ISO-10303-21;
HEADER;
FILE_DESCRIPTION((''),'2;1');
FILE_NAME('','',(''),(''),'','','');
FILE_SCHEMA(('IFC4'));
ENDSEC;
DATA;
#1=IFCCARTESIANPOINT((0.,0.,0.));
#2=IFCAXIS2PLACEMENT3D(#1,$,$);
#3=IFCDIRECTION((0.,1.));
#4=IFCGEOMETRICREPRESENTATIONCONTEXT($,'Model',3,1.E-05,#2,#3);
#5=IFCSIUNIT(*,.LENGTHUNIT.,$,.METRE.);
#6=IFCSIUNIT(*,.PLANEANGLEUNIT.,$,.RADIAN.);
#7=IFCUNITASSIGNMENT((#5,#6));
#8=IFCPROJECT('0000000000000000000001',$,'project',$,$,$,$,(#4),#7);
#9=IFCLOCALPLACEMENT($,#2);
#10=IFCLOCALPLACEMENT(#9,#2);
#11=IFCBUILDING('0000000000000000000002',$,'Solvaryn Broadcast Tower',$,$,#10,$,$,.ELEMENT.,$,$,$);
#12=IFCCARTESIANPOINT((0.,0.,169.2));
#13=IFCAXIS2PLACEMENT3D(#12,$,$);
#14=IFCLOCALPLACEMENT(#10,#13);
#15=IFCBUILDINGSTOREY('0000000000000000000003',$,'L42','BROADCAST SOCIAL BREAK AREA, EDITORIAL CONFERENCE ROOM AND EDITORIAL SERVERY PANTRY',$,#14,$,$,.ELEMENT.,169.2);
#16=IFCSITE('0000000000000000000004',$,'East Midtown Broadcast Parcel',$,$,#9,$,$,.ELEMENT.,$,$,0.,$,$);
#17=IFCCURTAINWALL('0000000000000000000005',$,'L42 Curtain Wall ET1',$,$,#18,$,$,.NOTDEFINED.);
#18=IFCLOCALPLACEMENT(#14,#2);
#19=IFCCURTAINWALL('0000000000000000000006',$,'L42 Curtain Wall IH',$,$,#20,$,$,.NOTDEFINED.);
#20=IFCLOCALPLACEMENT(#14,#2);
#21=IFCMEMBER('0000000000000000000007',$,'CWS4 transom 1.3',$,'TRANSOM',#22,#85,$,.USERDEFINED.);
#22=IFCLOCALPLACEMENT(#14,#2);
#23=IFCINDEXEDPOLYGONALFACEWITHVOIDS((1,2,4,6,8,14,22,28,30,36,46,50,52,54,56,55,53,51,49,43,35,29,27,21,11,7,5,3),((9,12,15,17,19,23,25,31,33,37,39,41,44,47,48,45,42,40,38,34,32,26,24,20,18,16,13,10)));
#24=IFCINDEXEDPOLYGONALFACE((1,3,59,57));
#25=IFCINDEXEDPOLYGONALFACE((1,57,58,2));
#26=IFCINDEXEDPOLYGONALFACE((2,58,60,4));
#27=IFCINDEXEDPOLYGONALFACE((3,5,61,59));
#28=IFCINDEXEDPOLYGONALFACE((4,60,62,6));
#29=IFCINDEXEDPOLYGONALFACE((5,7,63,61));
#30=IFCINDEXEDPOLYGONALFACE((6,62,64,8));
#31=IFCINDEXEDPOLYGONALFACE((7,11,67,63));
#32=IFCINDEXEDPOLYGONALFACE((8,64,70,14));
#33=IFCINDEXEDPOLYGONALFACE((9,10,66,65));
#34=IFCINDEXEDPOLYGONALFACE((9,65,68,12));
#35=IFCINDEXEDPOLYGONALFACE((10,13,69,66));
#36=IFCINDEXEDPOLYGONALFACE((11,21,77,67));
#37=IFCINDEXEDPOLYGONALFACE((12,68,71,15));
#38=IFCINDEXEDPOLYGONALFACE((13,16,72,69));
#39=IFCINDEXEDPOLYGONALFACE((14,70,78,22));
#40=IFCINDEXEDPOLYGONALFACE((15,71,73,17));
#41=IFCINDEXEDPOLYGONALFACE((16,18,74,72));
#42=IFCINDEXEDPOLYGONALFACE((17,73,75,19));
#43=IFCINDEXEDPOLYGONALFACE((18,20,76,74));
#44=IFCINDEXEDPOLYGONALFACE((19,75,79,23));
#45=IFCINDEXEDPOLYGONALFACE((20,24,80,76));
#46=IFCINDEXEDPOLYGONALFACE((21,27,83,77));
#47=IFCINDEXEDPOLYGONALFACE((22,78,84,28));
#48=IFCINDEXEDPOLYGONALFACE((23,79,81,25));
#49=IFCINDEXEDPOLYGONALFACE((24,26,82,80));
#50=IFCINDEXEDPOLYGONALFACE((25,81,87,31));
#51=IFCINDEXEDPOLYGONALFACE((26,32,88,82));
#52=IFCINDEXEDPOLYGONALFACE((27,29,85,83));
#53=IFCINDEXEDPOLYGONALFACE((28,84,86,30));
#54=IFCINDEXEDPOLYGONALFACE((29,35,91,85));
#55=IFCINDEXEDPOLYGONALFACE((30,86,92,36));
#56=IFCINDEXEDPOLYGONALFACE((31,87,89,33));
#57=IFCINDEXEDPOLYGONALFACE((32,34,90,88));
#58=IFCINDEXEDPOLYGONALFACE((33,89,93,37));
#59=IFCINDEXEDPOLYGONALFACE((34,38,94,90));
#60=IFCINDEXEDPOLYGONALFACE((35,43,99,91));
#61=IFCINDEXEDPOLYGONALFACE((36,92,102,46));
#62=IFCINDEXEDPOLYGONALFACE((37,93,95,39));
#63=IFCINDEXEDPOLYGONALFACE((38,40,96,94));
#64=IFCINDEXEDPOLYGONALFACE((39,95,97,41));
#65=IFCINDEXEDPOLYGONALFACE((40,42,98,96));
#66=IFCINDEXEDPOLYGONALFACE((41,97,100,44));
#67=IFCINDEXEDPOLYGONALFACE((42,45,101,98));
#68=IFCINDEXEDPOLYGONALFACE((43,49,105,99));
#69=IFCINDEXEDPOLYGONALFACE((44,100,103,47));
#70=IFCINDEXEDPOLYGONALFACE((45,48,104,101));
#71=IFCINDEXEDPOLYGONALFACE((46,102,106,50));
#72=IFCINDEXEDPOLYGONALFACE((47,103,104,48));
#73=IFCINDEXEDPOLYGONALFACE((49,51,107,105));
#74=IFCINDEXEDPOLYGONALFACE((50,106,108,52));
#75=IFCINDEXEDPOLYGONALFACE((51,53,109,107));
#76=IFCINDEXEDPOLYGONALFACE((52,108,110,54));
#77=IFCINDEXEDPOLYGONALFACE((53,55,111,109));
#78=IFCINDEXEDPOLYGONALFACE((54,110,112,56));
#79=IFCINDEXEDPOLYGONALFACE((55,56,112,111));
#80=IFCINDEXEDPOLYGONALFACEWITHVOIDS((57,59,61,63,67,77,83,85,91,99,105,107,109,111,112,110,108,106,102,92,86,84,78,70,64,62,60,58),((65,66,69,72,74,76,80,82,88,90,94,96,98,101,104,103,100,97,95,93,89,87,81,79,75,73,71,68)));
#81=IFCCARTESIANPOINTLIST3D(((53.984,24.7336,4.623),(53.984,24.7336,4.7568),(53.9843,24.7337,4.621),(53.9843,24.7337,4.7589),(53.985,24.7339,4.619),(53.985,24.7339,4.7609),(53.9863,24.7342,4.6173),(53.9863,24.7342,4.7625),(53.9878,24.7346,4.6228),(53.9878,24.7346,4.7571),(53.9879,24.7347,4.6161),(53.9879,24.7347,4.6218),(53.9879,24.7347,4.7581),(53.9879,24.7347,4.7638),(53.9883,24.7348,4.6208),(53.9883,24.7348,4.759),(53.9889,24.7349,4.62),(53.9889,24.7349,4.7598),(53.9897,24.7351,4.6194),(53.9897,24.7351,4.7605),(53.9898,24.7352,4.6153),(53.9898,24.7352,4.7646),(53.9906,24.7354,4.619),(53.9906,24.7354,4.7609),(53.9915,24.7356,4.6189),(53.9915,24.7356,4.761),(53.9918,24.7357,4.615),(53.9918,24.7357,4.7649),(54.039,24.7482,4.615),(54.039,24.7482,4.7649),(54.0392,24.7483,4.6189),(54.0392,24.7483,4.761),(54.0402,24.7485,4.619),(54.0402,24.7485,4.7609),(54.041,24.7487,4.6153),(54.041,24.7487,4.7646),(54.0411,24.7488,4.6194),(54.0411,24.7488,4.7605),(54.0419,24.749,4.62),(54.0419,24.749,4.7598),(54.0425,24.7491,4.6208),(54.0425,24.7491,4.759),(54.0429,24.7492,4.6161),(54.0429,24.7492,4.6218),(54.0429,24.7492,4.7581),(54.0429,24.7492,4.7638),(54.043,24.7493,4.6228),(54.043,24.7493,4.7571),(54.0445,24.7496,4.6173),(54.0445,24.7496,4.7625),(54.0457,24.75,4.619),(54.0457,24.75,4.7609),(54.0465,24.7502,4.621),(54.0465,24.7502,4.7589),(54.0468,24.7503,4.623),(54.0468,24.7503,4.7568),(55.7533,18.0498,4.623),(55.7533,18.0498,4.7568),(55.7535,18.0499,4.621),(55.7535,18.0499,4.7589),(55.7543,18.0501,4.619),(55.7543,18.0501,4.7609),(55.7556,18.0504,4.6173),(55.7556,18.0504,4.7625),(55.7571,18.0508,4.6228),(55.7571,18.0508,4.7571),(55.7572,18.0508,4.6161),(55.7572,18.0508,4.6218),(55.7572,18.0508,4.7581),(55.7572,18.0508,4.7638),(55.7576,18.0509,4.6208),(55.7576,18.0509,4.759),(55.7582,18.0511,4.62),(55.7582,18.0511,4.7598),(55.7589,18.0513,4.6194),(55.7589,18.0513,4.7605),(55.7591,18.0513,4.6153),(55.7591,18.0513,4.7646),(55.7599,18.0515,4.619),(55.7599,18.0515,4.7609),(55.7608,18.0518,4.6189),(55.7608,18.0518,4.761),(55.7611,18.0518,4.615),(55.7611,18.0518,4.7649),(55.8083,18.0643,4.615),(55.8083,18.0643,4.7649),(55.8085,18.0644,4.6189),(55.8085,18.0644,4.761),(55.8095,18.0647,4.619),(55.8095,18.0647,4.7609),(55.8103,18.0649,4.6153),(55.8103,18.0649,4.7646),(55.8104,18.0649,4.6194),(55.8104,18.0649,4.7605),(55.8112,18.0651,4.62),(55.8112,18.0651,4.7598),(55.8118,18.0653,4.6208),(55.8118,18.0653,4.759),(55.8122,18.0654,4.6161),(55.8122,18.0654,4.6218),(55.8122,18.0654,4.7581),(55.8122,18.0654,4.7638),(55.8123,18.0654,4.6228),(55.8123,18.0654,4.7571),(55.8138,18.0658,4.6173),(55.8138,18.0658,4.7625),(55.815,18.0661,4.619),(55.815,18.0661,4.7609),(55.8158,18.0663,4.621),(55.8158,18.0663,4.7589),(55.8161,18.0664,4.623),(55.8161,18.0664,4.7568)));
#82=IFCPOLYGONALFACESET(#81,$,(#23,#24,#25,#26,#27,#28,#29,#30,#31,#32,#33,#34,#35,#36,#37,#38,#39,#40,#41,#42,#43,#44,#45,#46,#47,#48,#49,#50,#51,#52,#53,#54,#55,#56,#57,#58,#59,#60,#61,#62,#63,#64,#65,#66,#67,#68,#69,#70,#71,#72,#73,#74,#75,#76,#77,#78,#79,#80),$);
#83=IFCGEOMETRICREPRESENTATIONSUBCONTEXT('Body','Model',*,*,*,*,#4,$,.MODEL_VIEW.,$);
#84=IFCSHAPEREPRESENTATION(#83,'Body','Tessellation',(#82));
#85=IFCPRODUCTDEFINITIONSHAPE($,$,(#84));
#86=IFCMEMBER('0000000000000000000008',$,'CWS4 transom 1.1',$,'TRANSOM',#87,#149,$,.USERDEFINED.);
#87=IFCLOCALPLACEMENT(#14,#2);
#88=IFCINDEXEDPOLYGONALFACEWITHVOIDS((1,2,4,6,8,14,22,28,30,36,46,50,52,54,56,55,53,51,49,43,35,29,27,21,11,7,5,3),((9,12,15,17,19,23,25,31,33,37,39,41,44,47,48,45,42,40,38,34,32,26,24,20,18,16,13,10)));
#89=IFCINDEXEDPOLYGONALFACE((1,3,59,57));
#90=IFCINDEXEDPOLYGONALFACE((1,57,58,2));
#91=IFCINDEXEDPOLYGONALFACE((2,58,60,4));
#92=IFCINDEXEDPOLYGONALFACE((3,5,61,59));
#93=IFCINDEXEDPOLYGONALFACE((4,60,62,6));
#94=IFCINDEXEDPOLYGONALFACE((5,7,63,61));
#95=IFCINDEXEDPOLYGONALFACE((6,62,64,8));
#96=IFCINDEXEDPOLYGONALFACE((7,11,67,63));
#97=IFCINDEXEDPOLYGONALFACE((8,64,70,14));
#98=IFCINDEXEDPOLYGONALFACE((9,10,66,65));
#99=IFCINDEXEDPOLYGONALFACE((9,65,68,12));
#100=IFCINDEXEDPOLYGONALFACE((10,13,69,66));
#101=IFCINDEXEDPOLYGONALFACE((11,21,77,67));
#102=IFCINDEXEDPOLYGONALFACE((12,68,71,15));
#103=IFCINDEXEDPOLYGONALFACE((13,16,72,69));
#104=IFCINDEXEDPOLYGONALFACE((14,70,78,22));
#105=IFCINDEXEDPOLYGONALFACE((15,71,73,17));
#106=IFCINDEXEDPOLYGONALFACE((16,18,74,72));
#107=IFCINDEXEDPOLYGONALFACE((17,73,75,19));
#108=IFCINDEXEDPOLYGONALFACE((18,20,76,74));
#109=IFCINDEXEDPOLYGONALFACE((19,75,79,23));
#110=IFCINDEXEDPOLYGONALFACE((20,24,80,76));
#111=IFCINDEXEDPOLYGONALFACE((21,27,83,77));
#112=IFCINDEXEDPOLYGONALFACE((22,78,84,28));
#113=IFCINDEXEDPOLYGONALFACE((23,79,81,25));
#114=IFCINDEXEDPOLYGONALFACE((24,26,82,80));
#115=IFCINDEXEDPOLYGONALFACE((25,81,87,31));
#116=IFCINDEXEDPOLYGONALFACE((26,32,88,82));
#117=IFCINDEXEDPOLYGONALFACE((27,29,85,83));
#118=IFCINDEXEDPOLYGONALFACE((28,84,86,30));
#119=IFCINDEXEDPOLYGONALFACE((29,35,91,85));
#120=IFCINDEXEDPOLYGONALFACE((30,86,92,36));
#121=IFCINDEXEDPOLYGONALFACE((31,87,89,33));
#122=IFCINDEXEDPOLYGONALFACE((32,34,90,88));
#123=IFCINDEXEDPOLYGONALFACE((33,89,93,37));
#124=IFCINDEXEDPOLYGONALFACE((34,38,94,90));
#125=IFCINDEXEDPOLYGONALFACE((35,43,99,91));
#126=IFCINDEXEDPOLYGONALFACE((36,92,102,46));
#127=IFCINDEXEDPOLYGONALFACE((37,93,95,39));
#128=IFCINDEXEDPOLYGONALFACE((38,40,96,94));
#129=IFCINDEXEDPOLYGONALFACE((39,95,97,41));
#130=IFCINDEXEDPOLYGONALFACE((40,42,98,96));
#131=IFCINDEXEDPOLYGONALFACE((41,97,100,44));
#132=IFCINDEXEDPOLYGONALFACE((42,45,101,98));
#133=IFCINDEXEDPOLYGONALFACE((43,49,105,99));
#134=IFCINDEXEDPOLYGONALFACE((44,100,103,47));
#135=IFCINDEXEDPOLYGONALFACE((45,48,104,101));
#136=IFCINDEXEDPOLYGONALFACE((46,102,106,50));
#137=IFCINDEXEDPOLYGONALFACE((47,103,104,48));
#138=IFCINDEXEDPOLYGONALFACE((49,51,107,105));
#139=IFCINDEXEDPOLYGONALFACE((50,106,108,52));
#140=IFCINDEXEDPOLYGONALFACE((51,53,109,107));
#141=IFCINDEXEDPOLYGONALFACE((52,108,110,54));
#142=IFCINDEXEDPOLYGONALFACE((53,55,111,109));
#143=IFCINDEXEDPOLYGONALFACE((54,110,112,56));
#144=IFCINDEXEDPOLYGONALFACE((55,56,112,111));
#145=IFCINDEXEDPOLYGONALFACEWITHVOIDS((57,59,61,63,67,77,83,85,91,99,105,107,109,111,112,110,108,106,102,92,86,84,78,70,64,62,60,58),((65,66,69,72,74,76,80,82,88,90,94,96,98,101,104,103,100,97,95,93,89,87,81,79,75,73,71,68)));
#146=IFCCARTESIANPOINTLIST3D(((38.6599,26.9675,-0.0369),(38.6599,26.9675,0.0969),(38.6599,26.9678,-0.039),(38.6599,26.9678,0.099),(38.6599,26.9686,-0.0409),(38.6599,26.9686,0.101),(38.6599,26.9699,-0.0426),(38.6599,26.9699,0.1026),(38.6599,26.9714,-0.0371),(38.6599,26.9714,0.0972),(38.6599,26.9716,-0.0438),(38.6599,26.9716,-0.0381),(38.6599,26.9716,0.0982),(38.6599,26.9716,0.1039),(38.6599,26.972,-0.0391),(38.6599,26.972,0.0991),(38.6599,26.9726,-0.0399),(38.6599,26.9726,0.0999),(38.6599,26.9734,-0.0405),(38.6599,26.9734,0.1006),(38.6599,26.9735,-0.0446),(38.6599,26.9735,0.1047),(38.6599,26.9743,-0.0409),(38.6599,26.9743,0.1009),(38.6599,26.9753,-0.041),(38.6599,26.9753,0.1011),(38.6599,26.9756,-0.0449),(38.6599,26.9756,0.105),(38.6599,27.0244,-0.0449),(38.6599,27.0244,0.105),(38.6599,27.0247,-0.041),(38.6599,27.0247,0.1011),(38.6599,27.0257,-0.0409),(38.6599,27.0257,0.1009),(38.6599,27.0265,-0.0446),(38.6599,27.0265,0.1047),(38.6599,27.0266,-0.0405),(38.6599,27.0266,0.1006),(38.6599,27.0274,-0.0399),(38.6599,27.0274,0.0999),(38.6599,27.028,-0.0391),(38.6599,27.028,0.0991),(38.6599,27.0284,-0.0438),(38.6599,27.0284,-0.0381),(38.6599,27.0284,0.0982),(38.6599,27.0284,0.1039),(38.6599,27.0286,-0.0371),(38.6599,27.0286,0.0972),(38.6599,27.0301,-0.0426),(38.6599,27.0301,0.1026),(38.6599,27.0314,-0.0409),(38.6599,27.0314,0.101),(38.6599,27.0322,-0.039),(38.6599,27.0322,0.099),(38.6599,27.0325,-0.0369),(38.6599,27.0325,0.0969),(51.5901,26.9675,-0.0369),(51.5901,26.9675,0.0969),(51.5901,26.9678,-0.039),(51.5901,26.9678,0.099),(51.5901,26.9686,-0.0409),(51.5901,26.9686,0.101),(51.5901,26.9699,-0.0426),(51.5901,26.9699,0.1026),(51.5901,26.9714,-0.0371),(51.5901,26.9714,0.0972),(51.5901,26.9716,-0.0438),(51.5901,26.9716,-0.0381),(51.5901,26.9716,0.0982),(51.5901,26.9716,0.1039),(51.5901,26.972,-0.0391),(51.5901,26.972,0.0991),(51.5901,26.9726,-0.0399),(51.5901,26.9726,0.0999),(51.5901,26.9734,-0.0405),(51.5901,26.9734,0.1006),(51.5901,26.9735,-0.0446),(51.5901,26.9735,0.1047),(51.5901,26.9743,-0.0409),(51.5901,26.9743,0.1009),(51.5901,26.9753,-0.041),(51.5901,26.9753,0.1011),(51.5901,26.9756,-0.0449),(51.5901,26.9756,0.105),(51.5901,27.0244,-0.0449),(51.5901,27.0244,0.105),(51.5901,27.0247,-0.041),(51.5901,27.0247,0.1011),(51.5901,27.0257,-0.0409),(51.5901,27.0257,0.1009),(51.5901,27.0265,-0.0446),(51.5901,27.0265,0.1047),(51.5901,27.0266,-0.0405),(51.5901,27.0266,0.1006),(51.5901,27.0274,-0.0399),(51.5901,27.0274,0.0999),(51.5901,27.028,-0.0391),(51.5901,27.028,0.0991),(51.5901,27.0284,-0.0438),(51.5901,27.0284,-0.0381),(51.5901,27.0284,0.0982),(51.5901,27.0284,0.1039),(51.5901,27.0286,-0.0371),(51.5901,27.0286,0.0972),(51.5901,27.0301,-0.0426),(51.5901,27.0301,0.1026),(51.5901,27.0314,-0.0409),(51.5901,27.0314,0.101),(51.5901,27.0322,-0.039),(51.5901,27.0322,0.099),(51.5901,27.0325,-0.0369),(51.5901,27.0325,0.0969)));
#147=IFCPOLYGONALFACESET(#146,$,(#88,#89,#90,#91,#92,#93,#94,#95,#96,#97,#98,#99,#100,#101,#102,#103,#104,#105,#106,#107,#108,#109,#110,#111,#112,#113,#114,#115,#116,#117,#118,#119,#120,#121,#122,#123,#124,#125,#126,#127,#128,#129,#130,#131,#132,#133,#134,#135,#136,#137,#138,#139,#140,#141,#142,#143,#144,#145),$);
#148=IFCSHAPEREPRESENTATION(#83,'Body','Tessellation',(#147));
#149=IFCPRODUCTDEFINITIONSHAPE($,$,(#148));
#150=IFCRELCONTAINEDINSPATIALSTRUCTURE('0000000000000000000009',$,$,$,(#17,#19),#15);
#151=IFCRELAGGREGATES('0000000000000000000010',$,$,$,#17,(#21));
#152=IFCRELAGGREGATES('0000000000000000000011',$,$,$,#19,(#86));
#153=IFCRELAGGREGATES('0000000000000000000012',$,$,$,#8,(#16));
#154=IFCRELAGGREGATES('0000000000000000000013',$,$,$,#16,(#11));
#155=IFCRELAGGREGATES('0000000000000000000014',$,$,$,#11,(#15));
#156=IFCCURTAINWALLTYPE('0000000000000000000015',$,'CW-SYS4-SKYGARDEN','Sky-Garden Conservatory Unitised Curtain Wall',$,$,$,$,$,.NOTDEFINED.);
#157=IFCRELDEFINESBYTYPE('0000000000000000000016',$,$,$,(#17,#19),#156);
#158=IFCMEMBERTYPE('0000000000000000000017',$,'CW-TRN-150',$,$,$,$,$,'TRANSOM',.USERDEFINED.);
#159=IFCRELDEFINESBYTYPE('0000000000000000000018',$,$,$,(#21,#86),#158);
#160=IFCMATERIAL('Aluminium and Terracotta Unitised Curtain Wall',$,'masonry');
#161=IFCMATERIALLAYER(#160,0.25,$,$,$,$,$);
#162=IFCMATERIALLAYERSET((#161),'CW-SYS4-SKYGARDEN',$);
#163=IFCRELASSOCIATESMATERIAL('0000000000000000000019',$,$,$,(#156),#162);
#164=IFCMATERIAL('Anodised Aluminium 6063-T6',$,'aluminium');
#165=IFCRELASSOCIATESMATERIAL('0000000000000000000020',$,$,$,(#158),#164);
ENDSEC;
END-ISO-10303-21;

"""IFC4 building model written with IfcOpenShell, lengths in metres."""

from ifc_helpers import new_model, si_unit, direction, frame, origin, origin_2d, place, context, subcontext, project, spatial, hollow_rectangle, extrude, material, layer, layer_set, material_profile, profile_set, type_object, element, aggregate, save


model = new_model("IFC4")

# Units and contexts
model_context = context("Model", 3, precision=1e-05, world=origin(), true_north=direction((0.0, 1.0)))
body_context = subcontext(model_context, "Body", "Model", "MODEL_VIEW")
ifc_project = project(units=[si_unit("LENGTHUNIT", "METRE"), si_unit("PLANEANGLEUNIT", "RADIAN")], contexts=[model_context])

# Site, building, storey
site_placement = place(None, origin())
site = spatial("IfcSite", under=ifc_project, at=site_placement, Name="East Midtown Broadcast Parcel", CompositionType="ELEMENT", RefElevation=0.0)
building_placement = place(site_placement, origin())
building = spatial("IfcBuilding", under=site, at=building_placement, Name="Solvaryn Broadcast Tower", CompositionType="ELEMENT")
storey_placement = place(building_placement, frame((0.0, 0.0, 169.2)))
storey = spatial("IfcBuildingStorey", under=building, at=storey_placement, Name="L42", Description="BROADCAST SOCIAL BREAK AREA, EDITORIAL CONFERENCE ROOM AND EDITORIAL SERVERY PANTRY", CompositionType="ELEMENT", Elevation=169.2)

# Curtain walls
ifc_material_1 = material(Name="Aluminium and Terracotta Unitised Curtain Wall", Category="masonry")
ifc_layer_1 = layer(ifc_material_1, 0.25)
ifc_layer_set_1 = layer_set([ifc_layer_1], Name="CW-SYS4-SKYGARDEN")
curtain_wall_type = type_object("IfcCurtainWallType", Name="CW-SYS4-SKYGARDEN", Description="Sky-Garden Conservatory Unitised Curtain Wall", PredefinedType="NOTDEFINED", material=ifc_layer_set_1)
curtain_wall_1_placement = place(storey_placement, origin())
curtain_wall_1 = element("IfcCurtainWall", 1, at=curtain_wall_1_placement, inside=storey, type_object=curtain_wall_type, Name="L42 Curtain Wall ET1", PredefinedType="NOTDEFINED")
curtain_wall_2_placement = place(storey_placement, origin())
curtain_wall_2 = element("IfcCurtainWall", 2, at=curtain_wall_2_placement, inside=storey, type_object=curtain_wall_type, Name="L42 Curtain Wall IH", PredefinedType="NOTDEFINED")

# Members
ifc_material_2 = material(Name="Anodised Aluminium 6063-T6", Category="aluminium")
ifc_material_profile_1 = material_profile(ifc_material_2, hollow_rectangle(XDim=0.0649, YDim=0.1499, WallThickness=0.0039, InnerFilletRadius=0.0039, OuterFilletRadius=0.0081, at=origin_2d()))
ifc_profile_set_1 = profile_set([ifc_material_profile_1], Name="Anodised Aluminium 6063-T6")
member_type_1 = type_object("IfcMemberType", Name="CW-TRN-150", ElementType="TRANSOM", PredefinedType="USERDEFINED", material=ifc_profile_set_1)
member_1_placement = place(storey_placement, frame((54.0154, 24.7419, 4.6899), z_axis=(0.255897, -0.966704, 0.0), x_axis=(0.966704, 0.255897, 0.0)))
member_1 = element("IfcMember", 3, at=member_1_placement, type_object=member_type_1, Name="CWS4 transom 1.3", ObjectType="TRANSOM", PredefinedType="USERDEFINED", context=body_context, shape_type="SweptSolid", body=[
    extrude(hollow_rectangle(XDim=0.0649, YDim=0.1499, WallThickness=0.0039, InnerFilletRadius=0.0039, OuterFilletRadius=0.0081, at=origin_2d()), origin(), (0.0, 0.0, 1.0), 6.9141),
])
member_2_placement = place(storey_placement, frame((38.6599, 27.0, 0.03), z_axis=(1.0, 0.0, 0.0), x_axis=(0.0, 1.0, 0.0)))
member_2 = element("IfcMember", 4, at=member_2_placement, type_object=member_type_1, Name="CWS4 transom 1.1", ObjectType="TRANSOM", PredefinedType="USERDEFINED", context=body_context, shape_type="SweptSolid", body=[
    extrude(hollow_rectangle(XDim=0.0649, YDim=0.1499, WallThickness=0.0039, InnerFilletRadius=0.0039, OuterFilletRadius=0.0081, at=origin_2d()), origin(), (0.0, 0.0, 1.0), 12.9302),
])

aggregate(curtain_wall_1, [member_1])
aggregate(curtain_wall_2, [member_2])

save(model, "model.ifc")
